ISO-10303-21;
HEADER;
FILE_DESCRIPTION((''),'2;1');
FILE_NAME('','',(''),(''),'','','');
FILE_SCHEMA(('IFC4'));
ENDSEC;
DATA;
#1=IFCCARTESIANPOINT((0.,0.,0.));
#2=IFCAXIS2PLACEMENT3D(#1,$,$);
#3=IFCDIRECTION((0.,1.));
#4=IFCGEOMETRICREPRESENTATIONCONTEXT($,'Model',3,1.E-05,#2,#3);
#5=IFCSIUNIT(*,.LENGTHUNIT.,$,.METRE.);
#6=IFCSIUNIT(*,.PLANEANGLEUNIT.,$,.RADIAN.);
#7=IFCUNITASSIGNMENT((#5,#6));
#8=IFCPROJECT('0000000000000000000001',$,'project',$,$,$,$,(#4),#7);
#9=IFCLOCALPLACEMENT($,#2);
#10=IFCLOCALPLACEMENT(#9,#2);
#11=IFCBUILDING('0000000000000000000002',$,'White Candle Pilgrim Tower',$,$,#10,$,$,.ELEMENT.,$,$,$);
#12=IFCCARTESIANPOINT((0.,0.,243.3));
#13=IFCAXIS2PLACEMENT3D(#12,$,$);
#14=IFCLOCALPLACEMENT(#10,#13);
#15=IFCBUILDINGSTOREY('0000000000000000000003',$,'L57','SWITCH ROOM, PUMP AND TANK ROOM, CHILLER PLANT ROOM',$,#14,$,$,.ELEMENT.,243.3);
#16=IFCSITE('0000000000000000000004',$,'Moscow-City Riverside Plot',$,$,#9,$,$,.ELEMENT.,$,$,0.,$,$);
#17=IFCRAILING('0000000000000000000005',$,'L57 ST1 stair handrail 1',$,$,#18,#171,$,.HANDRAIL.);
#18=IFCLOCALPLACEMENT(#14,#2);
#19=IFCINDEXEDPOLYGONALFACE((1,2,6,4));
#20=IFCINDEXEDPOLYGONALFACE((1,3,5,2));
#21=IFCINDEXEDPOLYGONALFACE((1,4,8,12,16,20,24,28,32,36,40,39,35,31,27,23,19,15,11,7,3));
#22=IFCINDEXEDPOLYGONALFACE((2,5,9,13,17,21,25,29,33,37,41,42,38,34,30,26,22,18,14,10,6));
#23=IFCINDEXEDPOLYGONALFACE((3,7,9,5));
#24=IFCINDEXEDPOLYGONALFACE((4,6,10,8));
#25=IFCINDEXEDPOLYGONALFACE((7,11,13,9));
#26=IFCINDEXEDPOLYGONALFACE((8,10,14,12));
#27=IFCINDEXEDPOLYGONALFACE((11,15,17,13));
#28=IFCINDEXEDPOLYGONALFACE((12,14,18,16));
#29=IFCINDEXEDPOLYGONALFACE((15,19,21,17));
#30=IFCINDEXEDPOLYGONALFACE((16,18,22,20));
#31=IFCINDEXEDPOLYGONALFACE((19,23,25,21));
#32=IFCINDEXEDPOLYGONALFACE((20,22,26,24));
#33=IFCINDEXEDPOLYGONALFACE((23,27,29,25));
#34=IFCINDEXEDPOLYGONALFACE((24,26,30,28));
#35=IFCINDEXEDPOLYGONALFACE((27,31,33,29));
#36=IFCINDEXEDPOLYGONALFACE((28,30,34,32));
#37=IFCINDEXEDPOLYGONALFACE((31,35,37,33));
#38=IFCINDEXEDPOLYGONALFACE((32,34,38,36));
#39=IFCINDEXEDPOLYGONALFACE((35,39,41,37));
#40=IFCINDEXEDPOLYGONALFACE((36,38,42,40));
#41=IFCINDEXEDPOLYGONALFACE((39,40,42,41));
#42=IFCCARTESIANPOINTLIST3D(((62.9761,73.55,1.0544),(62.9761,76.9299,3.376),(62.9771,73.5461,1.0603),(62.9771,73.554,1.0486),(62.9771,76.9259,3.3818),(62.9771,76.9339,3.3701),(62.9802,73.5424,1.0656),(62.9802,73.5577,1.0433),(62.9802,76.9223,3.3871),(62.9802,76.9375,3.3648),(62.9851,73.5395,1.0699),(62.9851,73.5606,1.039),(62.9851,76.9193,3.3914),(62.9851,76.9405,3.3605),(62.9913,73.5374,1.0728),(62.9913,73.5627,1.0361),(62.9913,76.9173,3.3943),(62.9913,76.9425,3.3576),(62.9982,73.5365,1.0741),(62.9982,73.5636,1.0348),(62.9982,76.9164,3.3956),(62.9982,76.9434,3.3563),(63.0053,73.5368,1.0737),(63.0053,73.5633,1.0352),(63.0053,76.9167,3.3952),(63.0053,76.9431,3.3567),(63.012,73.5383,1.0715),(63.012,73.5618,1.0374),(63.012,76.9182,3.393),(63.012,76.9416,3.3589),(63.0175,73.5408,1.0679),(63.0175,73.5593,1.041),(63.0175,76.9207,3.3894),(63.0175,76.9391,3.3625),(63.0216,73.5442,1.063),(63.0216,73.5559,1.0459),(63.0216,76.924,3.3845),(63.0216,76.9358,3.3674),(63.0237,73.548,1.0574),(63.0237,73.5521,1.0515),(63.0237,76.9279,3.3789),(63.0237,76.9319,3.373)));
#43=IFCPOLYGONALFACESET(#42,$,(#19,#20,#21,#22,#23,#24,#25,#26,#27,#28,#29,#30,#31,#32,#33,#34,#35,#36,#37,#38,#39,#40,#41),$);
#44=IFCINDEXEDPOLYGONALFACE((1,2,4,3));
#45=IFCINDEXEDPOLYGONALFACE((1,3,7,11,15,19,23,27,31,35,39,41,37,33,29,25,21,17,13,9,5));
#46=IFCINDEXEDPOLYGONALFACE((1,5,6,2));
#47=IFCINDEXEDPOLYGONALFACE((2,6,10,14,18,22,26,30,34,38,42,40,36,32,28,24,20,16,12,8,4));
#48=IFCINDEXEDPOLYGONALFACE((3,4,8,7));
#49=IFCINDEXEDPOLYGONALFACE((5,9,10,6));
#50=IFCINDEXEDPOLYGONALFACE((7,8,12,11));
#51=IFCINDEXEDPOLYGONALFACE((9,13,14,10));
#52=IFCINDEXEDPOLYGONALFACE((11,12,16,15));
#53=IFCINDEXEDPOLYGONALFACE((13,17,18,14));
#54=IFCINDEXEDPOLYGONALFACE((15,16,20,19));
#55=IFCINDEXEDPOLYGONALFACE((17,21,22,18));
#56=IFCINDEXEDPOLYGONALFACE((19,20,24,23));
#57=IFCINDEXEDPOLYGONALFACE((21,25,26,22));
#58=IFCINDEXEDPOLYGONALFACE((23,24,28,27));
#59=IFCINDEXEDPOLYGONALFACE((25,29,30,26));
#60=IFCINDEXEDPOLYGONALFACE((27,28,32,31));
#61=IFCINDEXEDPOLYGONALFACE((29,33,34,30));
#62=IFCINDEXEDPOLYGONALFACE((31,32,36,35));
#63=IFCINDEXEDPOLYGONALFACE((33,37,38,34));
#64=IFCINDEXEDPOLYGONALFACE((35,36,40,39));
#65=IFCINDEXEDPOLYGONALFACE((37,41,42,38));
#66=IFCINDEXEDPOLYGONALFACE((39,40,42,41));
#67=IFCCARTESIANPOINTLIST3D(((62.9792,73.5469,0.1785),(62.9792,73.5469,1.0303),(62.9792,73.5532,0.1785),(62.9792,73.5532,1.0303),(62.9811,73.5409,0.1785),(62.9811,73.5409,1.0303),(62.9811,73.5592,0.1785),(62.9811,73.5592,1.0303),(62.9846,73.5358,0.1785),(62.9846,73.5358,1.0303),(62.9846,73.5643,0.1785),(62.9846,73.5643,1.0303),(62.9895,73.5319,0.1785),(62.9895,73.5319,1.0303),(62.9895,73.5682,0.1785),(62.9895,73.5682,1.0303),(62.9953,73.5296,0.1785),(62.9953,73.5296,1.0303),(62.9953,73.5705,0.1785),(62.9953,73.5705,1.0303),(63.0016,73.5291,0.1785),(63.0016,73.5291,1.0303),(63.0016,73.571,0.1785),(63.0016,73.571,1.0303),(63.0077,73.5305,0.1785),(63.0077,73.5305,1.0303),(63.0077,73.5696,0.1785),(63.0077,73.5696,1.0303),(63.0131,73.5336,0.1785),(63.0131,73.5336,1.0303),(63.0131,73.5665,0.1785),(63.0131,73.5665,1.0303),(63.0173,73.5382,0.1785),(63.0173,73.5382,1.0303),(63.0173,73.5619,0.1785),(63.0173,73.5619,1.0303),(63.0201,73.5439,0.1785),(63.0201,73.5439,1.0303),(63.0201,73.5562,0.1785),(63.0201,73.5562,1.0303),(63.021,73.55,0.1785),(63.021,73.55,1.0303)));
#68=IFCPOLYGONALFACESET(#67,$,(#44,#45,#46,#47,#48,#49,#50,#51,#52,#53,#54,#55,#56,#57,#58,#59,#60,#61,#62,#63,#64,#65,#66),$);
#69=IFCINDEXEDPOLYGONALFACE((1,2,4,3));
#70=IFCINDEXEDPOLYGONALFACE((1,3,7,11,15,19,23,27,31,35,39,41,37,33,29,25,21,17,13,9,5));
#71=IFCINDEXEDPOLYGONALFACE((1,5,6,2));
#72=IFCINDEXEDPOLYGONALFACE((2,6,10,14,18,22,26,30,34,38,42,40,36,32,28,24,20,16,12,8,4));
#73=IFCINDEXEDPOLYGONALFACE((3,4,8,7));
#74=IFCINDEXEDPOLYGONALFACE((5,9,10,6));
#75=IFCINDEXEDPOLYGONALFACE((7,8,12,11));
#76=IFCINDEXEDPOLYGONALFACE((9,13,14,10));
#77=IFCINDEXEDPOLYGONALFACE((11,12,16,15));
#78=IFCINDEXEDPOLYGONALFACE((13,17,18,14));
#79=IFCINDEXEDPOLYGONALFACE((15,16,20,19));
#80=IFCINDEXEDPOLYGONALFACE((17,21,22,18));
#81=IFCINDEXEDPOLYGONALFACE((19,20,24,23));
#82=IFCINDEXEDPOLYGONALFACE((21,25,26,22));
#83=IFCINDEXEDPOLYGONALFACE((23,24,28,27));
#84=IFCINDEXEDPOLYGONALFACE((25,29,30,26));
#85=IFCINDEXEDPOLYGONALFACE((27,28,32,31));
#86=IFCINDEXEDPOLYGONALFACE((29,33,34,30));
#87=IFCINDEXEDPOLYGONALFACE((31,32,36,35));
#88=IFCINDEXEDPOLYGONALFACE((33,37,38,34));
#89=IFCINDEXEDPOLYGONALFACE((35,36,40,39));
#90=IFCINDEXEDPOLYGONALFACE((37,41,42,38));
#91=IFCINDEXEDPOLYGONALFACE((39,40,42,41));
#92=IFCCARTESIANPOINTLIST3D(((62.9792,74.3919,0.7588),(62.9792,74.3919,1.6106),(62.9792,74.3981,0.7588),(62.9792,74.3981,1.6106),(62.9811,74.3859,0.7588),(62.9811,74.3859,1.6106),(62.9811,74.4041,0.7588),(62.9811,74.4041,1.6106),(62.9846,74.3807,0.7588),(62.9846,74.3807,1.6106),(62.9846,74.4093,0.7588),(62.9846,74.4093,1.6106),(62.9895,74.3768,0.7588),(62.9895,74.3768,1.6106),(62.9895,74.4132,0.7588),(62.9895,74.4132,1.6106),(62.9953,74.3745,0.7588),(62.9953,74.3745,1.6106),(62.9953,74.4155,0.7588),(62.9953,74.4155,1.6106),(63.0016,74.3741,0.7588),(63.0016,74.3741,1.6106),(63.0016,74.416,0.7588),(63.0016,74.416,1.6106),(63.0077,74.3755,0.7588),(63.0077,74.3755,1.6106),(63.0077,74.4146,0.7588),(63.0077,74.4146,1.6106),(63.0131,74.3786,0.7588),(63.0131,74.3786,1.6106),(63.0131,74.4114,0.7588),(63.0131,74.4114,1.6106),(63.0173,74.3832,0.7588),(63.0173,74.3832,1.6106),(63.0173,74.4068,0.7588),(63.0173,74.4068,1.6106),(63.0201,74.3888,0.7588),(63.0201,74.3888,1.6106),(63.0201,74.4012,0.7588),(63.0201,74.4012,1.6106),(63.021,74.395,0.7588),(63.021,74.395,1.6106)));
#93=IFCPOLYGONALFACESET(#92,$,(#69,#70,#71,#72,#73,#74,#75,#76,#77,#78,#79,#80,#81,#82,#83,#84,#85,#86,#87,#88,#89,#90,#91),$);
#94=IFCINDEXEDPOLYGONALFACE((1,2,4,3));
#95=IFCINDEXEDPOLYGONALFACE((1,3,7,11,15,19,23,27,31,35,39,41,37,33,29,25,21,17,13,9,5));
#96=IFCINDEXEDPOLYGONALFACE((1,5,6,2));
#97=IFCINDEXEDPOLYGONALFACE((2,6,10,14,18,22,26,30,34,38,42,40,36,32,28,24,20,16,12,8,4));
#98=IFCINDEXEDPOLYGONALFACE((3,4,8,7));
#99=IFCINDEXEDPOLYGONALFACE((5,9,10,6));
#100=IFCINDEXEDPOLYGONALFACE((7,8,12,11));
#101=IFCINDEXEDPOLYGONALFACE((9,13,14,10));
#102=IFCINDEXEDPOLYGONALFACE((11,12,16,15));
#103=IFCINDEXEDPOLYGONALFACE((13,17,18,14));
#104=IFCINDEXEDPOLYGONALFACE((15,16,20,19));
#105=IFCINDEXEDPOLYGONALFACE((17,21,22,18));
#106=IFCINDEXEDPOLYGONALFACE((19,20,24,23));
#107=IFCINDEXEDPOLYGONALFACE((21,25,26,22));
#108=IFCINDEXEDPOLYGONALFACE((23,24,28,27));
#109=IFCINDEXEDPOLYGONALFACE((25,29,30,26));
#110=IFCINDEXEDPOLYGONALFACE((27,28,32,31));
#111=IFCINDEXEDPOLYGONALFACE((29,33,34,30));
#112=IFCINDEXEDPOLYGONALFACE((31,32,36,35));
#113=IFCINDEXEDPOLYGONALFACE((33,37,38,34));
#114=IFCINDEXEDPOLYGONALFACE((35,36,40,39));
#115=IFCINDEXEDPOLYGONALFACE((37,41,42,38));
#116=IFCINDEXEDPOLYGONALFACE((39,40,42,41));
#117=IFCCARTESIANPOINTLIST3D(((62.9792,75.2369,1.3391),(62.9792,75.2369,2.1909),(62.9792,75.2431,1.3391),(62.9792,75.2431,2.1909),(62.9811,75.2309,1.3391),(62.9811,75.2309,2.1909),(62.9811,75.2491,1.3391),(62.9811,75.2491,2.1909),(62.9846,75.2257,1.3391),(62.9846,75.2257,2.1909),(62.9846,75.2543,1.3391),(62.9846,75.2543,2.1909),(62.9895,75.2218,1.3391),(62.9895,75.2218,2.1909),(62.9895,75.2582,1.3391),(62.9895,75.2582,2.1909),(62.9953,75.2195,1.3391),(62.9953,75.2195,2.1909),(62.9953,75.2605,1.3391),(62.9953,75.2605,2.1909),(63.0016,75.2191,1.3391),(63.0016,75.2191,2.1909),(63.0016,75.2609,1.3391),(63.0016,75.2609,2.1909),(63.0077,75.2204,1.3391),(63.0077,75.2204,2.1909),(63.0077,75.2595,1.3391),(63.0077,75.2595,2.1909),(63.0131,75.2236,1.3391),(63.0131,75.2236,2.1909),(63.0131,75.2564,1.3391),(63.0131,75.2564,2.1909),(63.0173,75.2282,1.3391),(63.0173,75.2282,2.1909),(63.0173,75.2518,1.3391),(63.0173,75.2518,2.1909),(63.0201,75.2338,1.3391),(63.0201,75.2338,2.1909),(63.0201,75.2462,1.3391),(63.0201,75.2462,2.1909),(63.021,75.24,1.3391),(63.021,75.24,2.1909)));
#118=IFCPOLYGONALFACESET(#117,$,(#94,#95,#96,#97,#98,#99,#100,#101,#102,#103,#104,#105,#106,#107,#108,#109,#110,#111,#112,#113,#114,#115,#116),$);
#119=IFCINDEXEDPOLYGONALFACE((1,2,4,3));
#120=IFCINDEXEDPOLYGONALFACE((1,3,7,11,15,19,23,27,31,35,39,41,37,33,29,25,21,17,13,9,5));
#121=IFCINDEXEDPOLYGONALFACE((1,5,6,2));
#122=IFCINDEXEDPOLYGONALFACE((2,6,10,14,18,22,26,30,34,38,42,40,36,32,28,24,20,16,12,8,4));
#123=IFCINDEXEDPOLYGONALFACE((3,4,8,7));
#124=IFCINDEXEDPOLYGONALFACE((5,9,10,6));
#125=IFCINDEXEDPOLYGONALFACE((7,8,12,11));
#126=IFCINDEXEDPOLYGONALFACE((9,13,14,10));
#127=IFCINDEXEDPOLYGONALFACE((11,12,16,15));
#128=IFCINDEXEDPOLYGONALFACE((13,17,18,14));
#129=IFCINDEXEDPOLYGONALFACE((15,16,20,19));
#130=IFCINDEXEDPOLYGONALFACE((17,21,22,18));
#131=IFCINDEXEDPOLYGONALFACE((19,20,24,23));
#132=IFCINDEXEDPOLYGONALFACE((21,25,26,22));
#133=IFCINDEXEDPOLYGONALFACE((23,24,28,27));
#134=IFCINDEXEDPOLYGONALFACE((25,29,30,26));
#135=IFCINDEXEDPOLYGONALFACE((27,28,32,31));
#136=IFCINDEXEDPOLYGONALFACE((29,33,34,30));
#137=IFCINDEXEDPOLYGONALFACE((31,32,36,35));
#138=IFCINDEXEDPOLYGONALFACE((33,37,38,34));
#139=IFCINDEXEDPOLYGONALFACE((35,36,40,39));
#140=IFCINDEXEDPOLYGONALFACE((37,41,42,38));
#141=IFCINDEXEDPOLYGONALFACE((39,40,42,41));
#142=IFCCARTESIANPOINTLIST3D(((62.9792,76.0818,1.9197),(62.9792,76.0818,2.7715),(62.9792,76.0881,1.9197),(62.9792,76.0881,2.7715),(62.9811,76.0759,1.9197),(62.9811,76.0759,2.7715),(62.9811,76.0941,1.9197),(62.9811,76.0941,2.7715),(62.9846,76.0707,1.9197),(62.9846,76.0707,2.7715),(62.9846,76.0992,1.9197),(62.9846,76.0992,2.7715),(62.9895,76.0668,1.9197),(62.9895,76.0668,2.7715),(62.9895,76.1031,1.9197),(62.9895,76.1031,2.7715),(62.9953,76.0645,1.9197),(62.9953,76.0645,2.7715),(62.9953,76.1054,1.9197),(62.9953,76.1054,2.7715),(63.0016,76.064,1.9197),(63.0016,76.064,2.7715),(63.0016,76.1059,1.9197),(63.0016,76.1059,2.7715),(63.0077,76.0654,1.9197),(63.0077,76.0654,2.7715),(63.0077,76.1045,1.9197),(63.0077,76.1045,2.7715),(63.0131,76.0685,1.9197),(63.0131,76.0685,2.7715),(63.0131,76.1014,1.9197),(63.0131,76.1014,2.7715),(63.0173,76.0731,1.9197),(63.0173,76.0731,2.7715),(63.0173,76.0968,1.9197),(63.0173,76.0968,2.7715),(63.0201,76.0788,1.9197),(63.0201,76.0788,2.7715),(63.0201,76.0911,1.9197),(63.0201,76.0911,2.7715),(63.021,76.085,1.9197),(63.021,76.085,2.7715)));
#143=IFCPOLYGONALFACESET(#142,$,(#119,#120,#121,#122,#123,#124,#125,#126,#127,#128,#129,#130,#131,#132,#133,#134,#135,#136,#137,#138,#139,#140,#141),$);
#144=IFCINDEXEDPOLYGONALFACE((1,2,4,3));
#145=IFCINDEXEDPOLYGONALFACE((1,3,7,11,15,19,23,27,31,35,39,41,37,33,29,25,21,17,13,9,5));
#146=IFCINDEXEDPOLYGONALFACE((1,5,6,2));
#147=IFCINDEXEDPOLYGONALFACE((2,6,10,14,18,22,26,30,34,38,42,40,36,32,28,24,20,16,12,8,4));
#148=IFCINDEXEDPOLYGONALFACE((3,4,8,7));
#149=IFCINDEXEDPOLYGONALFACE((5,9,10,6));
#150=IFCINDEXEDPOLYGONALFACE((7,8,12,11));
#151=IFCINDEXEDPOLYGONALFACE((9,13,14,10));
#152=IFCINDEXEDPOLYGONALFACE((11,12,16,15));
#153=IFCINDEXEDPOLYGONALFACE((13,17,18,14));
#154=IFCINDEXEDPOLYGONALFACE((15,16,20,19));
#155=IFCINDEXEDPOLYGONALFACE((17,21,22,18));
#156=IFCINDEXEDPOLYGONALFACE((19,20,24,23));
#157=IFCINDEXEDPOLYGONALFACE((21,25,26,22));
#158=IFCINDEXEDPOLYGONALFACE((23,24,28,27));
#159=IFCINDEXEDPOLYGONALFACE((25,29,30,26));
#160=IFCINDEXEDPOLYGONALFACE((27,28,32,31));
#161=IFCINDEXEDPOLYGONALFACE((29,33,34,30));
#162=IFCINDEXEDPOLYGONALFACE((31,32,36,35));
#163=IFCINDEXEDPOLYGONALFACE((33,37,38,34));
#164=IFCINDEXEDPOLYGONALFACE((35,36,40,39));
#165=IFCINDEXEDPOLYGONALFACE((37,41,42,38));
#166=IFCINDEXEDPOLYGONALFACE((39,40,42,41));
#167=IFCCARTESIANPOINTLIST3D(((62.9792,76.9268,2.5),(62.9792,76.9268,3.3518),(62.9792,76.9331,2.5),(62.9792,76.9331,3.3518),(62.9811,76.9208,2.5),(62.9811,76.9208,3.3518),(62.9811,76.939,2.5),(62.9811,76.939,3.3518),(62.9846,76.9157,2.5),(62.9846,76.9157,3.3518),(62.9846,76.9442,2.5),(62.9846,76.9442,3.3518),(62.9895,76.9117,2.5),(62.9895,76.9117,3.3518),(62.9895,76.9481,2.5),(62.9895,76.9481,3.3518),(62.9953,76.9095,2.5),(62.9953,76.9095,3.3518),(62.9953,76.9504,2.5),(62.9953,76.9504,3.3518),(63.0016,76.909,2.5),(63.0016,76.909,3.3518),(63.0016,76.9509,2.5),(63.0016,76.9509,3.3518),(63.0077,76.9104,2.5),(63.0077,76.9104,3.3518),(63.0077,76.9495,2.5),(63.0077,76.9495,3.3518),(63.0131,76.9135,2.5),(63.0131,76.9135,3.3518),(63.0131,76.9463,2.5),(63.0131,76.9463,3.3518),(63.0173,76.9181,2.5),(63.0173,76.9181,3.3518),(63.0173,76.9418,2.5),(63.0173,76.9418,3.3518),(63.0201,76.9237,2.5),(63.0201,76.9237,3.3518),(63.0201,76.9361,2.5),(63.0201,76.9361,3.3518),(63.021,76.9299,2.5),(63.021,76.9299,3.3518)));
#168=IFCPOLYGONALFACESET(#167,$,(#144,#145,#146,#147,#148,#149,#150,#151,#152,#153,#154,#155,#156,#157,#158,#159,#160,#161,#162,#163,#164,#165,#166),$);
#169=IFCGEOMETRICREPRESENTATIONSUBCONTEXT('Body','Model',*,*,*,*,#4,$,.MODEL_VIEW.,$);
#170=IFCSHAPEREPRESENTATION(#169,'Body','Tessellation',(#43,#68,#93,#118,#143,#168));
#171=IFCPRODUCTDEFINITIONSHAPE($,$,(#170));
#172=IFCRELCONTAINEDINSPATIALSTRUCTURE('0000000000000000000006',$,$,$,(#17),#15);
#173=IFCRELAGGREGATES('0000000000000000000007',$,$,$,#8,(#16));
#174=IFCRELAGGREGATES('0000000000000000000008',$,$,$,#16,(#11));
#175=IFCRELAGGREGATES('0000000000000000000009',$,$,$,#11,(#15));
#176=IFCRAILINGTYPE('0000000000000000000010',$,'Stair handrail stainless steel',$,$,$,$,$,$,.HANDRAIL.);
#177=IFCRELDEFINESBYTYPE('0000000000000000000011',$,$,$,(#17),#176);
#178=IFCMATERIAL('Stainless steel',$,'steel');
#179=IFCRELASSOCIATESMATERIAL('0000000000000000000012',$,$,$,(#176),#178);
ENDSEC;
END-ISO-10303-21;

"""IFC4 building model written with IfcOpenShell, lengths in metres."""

from ifc_helpers import new_model, si_unit, direction, frame, origin, origin_2d, place, context, subcontext, project, spatial, circle, extrude, material, type_object, element, save


model = new_model("IFC4")

# Units and contexts
model_context = context("Model", 3, precision=1e-05, world=origin(), true_north=direction((0.0, 1.0)))
body_context = subcontext(model_context, "Body", "Model", "MODEL_VIEW")
ifc_project = project(units=[si_unit("LENGTHUNIT", "METRE"), si_unit("PLANEANGLEUNIT", "RADIAN")], contexts=[model_context])

# Site, building, storey
site_placement = place(None, origin())
site = spatial("IfcSite", under=ifc_project, at=site_placement, Name="Moscow-City Riverside Plot", CompositionType="ELEMENT", RefElevation=0.0)
building_placement = place(site_placement, origin())
building = spatial("IfcBuilding", under=site, at=building_placement, Name="White Candle Pilgrim Tower", CompositionType="ELEMENT")
storey_placement = place(building_placement, frame((0.0, 0.0, 243.3)))
storey = spatial("IfcBuildingStorey", under=building, at=storey_placement, Name="L57", Description="SWITCH ROOM, PUMP AND TANK ROOM, CHILLER PLANT ROOM", CompositionType="ELEMENT", Elevation=243.3)

# Railing
ifc_material_1 = material(Name="Stainless steel", Category="steel")
railing_type_1 = type_object("IfcRailingType", Name="Stair handrail stainless steel", PredefinedType="HANDRAIL", material=ifc_material_1)
railing_1_placement = place(storey_placement, frame((63.0, 73.55, 0.1785)))
element("IfcRailing", 1, at=railing_1_placement, inside=storey, type_object=railing_type_1, Name="L57 ST1 stair handrail 1", PredefinedType="HANDRAIL", context=body_context, shape_type="SweptSolid", body=[
    extrude(circle(Radius=0.0239, at=origin_2d()), frame((0.0, 0.0, 0.876), z_axis=(0.0, 0.824285, 0.566175), x_axis=(-1.0, 0.0, 0.0)), (0.0, 0.0, 1.0), 4.1003),
    extrude(circle(Radius=0.021, at=origin_2d()), origin(), (0.0, 0.0, 1.0), 0.8518),
    extrude(circle(Radius=0.021, at=origin_2d()), frame((0.0, 0.845, 0.5803)), (0.0, 0.0, 1.0), 0.8518),
    extrude(circle(Radius=0.021, at=origin_2d()), frame((0.0, 1.6899, 1.1606)), (0.0, 0.0, 1.0), 0.8518),
    extrude(circle(Radius=0.021, at=origin_2d()), frame((0.0, 2.5349, 1.7412)), (0.0, 0.0, 1.0), 0.8518),
    extrude(circle(Radius=0.021, at=origin_2d()), frame((0.0, 3.3799, 2.3215)), (0.0, 0.0, 1.0), 0.8518),
])

save(model, "model.ifc")
